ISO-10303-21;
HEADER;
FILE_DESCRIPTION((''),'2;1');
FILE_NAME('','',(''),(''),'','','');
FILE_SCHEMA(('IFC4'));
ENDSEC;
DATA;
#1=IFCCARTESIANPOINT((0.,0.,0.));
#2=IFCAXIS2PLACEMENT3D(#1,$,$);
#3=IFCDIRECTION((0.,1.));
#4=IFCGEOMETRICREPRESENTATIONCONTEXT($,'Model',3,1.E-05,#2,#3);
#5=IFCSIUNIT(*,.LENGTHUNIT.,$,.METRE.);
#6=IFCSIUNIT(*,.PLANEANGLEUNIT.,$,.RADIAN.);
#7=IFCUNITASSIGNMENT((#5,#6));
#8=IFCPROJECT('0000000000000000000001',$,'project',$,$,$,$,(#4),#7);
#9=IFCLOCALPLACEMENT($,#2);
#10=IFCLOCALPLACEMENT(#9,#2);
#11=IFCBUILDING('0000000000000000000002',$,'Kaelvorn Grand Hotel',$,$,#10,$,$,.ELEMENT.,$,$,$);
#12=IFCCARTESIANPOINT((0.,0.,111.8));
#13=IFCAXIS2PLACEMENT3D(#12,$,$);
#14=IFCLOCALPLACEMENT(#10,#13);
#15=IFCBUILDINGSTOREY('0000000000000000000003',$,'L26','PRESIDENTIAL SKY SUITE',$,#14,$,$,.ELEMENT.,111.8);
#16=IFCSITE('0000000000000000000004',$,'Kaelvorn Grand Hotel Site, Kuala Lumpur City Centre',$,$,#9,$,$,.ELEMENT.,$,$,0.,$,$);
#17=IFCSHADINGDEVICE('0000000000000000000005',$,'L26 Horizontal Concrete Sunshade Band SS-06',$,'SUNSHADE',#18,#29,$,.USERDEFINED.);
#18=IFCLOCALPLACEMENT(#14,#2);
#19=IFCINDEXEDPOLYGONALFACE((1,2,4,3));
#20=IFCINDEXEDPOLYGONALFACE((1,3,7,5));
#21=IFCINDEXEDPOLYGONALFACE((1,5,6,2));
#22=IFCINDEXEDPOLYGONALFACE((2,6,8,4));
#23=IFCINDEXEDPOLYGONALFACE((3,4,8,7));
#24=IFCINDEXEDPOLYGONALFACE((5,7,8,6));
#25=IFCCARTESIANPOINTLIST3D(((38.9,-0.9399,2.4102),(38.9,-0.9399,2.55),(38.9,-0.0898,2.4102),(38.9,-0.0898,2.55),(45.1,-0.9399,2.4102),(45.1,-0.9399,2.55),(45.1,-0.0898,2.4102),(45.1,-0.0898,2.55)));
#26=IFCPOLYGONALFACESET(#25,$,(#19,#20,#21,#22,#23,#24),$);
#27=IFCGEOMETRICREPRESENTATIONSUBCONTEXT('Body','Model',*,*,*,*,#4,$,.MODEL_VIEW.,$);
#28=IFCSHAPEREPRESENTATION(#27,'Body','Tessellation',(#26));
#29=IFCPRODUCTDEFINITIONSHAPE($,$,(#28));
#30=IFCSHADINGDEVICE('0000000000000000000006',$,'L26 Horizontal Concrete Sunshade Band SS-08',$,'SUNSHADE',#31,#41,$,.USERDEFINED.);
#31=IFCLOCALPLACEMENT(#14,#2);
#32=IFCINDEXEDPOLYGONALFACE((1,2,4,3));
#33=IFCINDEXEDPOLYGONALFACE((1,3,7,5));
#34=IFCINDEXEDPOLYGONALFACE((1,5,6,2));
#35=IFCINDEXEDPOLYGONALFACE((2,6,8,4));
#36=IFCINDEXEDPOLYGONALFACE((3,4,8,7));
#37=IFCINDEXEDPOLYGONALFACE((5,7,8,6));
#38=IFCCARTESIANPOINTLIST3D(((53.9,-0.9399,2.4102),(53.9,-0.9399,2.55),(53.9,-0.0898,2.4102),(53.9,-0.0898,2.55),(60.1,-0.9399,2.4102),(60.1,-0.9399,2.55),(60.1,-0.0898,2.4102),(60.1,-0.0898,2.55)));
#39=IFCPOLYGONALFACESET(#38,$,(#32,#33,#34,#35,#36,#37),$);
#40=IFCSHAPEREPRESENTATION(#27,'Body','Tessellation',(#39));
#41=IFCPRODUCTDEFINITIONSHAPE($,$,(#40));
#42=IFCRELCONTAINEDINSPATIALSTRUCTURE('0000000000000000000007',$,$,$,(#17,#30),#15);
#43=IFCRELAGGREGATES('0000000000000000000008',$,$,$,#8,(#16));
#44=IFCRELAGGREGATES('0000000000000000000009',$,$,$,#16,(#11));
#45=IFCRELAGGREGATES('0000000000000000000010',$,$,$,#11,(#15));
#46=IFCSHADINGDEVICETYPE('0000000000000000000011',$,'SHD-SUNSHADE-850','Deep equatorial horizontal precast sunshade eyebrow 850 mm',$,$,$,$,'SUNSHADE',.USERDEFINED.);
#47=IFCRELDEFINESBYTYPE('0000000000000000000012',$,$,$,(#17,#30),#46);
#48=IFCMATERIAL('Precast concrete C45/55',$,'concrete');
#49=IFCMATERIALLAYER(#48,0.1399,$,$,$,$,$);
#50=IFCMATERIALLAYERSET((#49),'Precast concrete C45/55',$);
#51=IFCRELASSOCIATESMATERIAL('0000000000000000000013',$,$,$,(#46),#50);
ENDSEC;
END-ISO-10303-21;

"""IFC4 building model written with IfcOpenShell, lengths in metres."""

from ifc_helpers import new_model, si_unit, direction, frame, origin, origin_2d, place, context, subcontext, project, spatial, rectangle, extrude, material, layer, layer_set, type_object, element, save


model = new_model("IFC4")

# Units and contexts
model_context = context("Model", 3, precision=1e-05, world=origin(), true_north=direction((0.0, 1.0)))
body_context = subcontext(model_context, "Body", "Model", "MODEL_VIEW")
ifc_project = project(units=[si_unit("LENGTHUNIT", "METRE"), si_unit("PLANEANGLEUNIT", "RADIAN")], contexts=[model_context])

# Site, building, storey
site_placement = place(None, origin())
site = spatial("IfcSite", under=ifc_project, at=site_placement, Name="Kaelvorn Grand Hotel Site, Kuala Lumpur City Centre", CompositionType="ELEMENT", RefElevation=0.0)
building_placement = place(site_placement, origin())
building = spatial("IfcBuilding", under=site, at=building_placement, Name="Kaelvorn Grand Hotel", CompositionType="ELEMENT")
storey_placement = place(building_placement, frame((0.0, 0.0, 111.8)))
storey = spatial("IfcBuildingStorey", under=building, at=storey_placement, Name="L26", Description="PRESIDENTIAL SKY SUITE", CompositionType="ELEMENT", Elevation=111.8)

# Shading devices
ifc_material_1 = material(Name="Precast concrete C45/55", Category="concrete")
ifc_layer_1 = layer(ifc_material_1, 0.1399)
ifc_layer_set_1 = layer_set([ifc_layer_1], Name="Precast concrete C45/55")
shading_device_type_1 = type_object("IfcShadingDeviceType", Name="SHD-SUNSHADE-850", Description="Deep equatorial horizontal precast sunshade eyebrow 850 mm", ElementType="SUNSHADE", PredefinedType="USERDEFINED", material=ifc_layer_set_1)
for number, where, z_axis, x_axis, name in (
    (1, (42.0, -0.5149, 2.4102), (0.0, 0.0, 1.0), (1.0, 0.0, 0.0), "L26 Horizontal Concrete Sunshade Band SS-06"),
    (2, (57.0, -0.5149, 2.4102), (0.0, 0.0, 1.0), (1.0, 0.0, 0.0), "L26 Horizontal Concrete Sunshade Band SS-08"),
):
    element("IfcShadingDevice", number, at=place(storey_placement, frame(where, z_axis=z_axis, x_axis=x_axis)), inside=storey, type_object=shading_device_type_1, Name=name, ObjectType="SUNSHADE", PredefinedType="USERDEFINED", context=body_context, shape_type="SweptSolid", body=[
        extrude(rectangle(XDim=6.2, YDim=0.8501, at=origin_2d()), origin(), (0.0, 0.0, 1.0), 0.1399),
    ])

save(model, "model.ifc")
